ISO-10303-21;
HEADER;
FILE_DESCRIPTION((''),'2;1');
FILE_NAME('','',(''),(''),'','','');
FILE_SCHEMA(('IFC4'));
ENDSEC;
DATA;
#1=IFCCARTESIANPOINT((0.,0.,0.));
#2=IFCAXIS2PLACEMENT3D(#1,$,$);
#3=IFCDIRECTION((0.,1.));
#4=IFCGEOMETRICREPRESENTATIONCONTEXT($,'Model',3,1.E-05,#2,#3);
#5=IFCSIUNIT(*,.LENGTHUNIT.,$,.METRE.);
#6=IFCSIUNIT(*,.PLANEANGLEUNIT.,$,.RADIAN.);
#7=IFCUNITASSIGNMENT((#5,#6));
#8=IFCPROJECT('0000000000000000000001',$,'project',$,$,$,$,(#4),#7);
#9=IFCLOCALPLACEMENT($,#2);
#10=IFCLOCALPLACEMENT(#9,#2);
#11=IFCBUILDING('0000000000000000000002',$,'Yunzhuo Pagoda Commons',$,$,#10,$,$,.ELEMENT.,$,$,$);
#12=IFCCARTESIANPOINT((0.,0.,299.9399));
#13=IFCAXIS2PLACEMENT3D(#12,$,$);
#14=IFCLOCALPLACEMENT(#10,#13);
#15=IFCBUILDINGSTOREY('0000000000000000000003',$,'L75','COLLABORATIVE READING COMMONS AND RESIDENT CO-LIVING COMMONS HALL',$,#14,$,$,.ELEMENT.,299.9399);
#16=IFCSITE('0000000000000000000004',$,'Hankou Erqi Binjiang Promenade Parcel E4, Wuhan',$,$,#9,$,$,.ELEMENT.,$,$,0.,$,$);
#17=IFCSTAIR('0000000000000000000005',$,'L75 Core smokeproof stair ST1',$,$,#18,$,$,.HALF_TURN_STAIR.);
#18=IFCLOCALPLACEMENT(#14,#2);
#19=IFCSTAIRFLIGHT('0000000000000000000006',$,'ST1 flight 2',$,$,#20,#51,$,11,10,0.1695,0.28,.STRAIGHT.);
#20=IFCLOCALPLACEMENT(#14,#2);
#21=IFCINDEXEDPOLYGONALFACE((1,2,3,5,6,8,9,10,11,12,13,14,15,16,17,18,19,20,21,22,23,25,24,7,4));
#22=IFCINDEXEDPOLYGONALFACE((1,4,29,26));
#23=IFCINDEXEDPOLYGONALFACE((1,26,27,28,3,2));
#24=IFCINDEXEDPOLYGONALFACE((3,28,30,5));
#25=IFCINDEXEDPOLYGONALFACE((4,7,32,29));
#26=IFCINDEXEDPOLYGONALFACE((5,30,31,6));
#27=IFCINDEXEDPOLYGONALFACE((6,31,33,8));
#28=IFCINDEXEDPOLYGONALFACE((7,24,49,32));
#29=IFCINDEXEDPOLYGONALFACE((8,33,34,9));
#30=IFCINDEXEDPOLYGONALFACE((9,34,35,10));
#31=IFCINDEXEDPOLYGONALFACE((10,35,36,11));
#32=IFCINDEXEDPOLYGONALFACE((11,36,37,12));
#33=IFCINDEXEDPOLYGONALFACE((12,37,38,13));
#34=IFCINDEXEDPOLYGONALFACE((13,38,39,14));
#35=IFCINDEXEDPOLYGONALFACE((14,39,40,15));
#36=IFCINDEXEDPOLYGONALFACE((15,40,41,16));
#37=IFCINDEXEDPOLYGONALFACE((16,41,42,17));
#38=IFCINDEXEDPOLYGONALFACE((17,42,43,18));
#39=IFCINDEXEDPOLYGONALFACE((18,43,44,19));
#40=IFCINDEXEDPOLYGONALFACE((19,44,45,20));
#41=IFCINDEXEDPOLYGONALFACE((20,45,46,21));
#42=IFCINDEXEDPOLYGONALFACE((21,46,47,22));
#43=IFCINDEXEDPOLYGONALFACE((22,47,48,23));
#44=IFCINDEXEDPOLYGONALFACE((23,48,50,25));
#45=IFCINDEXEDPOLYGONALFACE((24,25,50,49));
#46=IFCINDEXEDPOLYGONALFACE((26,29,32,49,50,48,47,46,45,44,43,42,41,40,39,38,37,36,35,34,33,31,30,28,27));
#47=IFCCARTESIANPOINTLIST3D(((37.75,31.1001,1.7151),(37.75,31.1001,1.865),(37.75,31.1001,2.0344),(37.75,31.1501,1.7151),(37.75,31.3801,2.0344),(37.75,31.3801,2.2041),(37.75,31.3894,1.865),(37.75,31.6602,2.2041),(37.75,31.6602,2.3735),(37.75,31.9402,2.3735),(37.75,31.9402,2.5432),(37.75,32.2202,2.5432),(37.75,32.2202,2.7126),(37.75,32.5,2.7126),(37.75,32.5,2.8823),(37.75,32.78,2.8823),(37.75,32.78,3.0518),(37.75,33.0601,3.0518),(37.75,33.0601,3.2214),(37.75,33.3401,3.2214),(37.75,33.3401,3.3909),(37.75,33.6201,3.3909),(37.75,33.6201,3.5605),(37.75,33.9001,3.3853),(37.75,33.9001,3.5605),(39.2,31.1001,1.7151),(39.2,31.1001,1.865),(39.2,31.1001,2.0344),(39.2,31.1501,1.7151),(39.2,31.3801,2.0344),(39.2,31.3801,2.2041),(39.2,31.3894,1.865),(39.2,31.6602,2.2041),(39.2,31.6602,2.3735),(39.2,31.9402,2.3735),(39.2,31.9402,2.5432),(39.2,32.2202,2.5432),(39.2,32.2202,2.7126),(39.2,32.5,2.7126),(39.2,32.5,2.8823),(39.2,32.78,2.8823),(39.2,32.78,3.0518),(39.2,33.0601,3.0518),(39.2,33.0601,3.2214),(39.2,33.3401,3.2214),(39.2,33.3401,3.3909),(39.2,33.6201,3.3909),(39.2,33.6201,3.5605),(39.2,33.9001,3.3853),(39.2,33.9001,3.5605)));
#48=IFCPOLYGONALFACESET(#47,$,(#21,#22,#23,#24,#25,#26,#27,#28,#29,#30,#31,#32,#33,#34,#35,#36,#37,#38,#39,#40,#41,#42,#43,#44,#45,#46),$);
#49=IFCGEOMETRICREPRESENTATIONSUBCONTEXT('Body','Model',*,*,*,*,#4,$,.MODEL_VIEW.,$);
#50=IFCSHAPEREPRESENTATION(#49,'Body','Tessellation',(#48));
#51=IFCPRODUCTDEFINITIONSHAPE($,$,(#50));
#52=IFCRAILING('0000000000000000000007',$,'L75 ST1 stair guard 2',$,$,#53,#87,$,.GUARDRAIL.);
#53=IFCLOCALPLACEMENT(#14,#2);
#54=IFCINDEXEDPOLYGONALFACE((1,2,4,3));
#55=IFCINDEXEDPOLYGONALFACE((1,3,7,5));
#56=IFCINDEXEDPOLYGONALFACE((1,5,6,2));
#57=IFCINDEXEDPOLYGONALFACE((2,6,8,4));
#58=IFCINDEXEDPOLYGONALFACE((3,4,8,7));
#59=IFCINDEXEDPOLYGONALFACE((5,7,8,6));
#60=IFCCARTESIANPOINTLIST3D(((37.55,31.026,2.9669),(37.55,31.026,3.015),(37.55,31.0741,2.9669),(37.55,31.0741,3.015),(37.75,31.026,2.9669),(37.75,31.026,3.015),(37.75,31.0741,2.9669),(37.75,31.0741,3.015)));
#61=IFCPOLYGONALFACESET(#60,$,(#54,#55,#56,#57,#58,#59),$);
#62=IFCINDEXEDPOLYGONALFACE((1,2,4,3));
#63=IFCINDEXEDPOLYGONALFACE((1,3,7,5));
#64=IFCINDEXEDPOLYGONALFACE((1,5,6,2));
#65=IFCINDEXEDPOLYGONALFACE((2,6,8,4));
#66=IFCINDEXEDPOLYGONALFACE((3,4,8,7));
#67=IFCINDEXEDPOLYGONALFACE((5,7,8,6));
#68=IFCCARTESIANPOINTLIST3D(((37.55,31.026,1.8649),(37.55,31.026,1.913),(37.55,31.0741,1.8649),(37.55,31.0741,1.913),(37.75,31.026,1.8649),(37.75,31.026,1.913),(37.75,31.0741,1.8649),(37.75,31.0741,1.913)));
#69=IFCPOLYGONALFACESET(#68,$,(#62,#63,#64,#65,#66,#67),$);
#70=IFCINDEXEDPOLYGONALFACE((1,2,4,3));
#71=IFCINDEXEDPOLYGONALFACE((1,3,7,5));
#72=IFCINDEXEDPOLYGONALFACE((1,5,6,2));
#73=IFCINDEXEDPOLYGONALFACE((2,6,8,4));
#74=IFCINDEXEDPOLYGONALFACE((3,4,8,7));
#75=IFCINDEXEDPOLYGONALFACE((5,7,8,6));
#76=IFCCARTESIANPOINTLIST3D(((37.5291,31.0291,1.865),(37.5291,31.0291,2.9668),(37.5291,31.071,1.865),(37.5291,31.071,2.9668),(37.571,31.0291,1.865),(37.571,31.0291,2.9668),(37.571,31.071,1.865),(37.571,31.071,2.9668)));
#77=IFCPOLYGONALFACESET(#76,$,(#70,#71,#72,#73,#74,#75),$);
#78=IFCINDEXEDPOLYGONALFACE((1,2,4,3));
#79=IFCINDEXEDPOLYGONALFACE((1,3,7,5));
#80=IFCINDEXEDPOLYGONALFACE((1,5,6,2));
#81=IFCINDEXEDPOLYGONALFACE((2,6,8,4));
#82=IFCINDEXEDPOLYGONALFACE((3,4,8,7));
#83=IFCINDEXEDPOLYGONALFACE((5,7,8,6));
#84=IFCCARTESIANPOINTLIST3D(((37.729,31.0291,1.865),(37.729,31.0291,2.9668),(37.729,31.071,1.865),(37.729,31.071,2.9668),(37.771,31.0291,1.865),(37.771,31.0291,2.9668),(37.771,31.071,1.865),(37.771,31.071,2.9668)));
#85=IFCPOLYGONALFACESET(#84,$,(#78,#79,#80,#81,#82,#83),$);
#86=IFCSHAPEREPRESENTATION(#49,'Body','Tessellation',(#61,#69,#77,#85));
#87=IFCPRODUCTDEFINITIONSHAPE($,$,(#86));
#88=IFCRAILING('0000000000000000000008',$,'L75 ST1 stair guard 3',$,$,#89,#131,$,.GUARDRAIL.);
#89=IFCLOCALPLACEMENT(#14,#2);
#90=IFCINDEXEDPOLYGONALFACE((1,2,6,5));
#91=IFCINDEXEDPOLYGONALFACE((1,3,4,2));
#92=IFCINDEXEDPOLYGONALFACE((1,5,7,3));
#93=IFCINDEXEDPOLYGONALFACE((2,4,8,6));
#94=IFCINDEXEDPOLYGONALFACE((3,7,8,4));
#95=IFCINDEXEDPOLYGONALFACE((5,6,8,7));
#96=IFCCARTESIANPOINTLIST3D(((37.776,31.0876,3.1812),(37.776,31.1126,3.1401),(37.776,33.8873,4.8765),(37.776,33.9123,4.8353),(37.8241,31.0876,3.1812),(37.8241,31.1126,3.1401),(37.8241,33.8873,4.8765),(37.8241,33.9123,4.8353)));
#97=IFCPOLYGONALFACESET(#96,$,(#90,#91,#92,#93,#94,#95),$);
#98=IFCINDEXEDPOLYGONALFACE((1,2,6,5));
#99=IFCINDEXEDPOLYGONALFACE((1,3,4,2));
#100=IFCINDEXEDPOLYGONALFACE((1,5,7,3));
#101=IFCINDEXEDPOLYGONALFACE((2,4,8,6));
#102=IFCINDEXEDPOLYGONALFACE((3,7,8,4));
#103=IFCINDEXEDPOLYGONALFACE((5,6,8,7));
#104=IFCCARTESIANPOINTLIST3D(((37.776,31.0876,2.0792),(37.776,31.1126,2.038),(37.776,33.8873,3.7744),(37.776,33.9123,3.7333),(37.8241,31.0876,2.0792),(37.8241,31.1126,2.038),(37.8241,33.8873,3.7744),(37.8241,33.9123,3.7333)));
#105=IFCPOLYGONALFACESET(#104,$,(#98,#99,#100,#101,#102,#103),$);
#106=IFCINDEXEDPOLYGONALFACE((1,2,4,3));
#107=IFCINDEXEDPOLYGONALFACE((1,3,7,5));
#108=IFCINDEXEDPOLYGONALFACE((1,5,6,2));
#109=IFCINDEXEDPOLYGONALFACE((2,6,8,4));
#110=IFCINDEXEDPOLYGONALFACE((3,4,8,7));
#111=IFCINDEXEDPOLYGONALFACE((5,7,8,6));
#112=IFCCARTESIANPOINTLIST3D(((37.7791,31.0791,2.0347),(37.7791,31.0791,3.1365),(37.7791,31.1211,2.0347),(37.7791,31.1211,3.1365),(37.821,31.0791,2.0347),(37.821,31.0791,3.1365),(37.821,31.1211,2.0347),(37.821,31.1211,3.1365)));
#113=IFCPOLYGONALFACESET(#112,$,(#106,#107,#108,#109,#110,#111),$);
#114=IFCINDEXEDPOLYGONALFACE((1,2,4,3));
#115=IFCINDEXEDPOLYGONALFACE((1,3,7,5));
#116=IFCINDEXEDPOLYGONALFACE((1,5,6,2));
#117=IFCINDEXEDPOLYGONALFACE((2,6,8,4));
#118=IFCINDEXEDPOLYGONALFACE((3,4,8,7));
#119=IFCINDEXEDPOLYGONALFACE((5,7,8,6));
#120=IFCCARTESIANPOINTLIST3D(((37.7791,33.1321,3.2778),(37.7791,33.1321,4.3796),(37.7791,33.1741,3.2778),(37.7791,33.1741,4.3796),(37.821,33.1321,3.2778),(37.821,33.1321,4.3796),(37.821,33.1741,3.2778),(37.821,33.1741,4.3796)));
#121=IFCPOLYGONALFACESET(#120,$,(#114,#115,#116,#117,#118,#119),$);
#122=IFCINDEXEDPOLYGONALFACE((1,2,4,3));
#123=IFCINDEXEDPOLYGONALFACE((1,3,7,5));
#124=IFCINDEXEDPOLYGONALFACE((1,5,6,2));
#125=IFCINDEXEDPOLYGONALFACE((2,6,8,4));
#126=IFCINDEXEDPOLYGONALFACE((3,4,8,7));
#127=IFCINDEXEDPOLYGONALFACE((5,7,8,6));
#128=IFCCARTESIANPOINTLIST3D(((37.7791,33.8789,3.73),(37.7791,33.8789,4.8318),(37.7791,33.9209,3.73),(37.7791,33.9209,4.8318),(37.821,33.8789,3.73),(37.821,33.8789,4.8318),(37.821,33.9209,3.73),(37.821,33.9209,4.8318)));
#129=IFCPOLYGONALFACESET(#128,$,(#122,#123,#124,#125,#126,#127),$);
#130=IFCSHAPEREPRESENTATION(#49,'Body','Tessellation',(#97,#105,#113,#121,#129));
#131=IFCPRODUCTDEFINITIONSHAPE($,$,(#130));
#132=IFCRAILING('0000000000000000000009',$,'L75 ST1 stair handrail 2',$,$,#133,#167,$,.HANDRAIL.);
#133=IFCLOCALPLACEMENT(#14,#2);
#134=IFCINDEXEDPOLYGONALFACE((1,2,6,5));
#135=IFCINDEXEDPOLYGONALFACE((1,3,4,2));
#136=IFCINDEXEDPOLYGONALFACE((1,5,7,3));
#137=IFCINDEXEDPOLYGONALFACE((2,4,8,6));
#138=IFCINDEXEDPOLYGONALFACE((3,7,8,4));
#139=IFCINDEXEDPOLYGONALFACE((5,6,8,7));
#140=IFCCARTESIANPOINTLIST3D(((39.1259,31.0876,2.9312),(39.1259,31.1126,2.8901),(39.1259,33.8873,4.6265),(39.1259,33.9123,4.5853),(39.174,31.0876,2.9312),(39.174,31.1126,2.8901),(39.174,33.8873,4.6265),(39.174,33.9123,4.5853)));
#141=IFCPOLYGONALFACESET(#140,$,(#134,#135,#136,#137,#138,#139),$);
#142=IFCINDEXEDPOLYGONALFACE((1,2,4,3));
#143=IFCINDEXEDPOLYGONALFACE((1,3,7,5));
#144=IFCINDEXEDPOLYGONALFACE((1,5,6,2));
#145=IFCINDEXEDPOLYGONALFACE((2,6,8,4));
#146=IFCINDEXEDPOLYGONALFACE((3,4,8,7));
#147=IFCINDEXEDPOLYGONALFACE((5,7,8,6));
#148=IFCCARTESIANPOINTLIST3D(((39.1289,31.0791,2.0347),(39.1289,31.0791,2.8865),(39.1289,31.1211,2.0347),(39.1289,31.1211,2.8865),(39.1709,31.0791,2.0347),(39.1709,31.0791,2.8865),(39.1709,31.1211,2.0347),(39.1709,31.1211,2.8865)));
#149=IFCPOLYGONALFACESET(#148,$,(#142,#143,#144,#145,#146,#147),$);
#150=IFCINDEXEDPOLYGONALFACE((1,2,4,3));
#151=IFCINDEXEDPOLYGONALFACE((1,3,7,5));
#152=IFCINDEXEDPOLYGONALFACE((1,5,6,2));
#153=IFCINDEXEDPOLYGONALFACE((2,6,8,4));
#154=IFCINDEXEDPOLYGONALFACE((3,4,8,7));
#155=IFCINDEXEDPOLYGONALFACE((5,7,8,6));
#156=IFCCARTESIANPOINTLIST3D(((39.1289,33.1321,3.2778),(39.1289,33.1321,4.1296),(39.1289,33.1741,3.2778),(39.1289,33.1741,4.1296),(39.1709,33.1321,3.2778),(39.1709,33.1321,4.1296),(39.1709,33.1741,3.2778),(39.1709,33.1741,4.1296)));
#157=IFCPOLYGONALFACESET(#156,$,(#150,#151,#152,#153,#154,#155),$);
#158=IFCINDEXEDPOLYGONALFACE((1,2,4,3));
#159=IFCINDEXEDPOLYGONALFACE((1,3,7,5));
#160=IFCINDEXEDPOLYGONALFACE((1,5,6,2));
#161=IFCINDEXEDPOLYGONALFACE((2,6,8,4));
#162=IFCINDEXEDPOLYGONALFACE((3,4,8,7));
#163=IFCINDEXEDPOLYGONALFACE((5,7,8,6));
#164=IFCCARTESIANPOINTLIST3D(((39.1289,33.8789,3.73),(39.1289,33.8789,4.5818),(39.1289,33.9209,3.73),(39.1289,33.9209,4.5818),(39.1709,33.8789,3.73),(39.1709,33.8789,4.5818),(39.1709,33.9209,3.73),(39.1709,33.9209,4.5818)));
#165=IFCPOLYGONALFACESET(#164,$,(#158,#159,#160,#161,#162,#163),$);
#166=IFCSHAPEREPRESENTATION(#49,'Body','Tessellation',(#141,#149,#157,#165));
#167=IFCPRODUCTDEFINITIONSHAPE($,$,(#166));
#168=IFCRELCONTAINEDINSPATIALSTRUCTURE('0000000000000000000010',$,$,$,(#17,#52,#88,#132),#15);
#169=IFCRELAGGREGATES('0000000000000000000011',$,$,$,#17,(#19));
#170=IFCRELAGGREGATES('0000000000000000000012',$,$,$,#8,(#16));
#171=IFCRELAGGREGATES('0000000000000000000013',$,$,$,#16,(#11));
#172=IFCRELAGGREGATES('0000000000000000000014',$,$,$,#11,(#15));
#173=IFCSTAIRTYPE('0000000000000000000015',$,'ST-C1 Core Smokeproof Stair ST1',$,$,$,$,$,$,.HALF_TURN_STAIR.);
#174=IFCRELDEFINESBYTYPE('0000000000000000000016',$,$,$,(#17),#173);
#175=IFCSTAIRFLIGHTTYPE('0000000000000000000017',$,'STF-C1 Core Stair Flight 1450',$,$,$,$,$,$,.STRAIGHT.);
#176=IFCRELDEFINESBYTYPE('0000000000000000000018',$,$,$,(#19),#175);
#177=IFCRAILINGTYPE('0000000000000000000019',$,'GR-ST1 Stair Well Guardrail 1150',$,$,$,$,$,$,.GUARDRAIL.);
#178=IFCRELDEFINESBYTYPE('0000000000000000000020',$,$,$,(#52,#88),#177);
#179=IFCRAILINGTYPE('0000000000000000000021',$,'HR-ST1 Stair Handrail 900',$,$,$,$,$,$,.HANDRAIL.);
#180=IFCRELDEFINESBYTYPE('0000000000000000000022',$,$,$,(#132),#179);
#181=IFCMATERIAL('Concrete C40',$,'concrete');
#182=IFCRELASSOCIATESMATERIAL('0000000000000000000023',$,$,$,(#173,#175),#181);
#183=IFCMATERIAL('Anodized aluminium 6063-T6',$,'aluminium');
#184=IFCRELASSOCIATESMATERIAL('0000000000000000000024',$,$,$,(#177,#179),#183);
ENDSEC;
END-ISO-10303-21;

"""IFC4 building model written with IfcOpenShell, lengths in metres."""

from ifc_helpers import new_model, si_unit, direction, frame, origin, origin_2d, place, context, subcontext, project, spatial, polyline, rectangle, outline, extrude, source, transform, mapped, material, type_object, element, aggregate, save


model = new_model("IFC4")

# Units and contexts
model_context = context("Model", 3, precision=1e-05, world=origin(), true_north=direction((0.0, 1.0)))
body_context = subcontext(model_context, "Body", "Model", "MODEL_VIEW")
ifc_project = project(units=[si_unit("LENGTHUNIT", "METRE"), si_unit("PLANEANGLEUNIT", "RADIAN")], contexts=[model_context])

# Site, building, storey
site_placement = place(None, origin())
site = spatial("IfcSite", under=ifc_project, at=site_placement, Name="Hankou Erqi Binjiang Promenade Parcel E4, Wuhan", CompositionType="ELEMENT", RefElevation=0.0)
building_placement = place(site_placement, origin())
building = spatial("IfcBuilding", under=site, at=building_placement, Name="Yunzhuo Pagoda Commons", CompositionType="ELEMENT")
storey_placement = place(building_placement, frame((0.0, 0.0, 299.9399)))
storey = spatial("IfcBuildingStorey", under=building, at=storey_placement, Name="L75", Description="COLLABORATIVE READING COMMONS AND RESIDENT CO-LIVING COMMONS HALL", CompositionType="ELEMENT", Elevation=299.9399)

# Shared definitions
ifc_material_1 = material(Name="Concrete C40", Category="concrete")

# Stair, stair flight
stair_type = type_object("IfcStairType", Name="ST-C1 Core Smokeproof Stair ST1", PredefinedType="HALF_TURN_STAIR", material=ifc_material_1)
stair_placement = place(storey_placement, origin())
stair = element("IfcStair", 1, at=stair_placement, inside=storey, type_object=stair_type, Name="L75 Core smokeproof stair ST1", PredefinedType="HALF_TURN_STAIR")
stair_flight_type = type_object("IfcStairFlightType", Name="STF-C1 Core Stair Flight 1450", PredefinedType="STRAIGHT", material=ifc_material_1)
shared_shape_1 = source(origin(), body_context, "Body", "SweptSolid", [
    extrude(outline(polyline([(0.0, -0.1499), (0.0, 0.0), (0.0, 0.1694), (0.28, 0.1694), (0.28, 0.3391), (0.5601, 0.3391), (0.5601, 0.5085), (0.8401, 0.5085), (0.8401, 0.6782), (1.1201, 0.6782), (1.1201, 0.8477), (1.3999, 0.8477), (1.3999, 1.0173), (1.6799, 1.0173), (1.6799, 1.1868), (1.96, 1.1868), (1.96, 1.3564), (2.24, 1.3564), (2.24, 1.5259), (2.52, 1.5259), (2.52, 1.6956), (2.8, 1.6956), (2.8, 1.865), (2.8, 1.5203), (0.2893, 0.0), (0.05, -0.1499), (0.0, -0.1499)])), frame((0.0, 0.7251, 0.0), z_axis=(0.0, -1.0, 0.0), x_axis=(1.0, 0.0, 0.0)), (0.0, 0.0, 1.0), 1.45),
])
stair_flight_placement = place(storey_placement, frame((38.4751, 31.1001, 1.865), z_axis=(0.0, 0.0, 1.0), x_axis=(0.0, 1.0, 0.0)))
stair_flight = element("IfcStairFlight", 2, at=stair_flight_placement, type_object=stair_flight_type, Name="ST1 flight 2", NumberOfRisers=11, NumberOfTreads=10, PredefinedType="STRAIGHT", RiserHeight=0.1695, TreadLength=0.28, context=body_context, shape_type="MappedRepresentation", body=[
    mapped(shared_shape_1, transform((0.0, 0.0, 0.0), scale=1.0)),
])
aggregate(stair, [stair_flight])

# Railings
ifc_material_2 = material(Name="Anodized aluminium 6063-T6", Category="aluminium")
railing_type_1 = type_object("IfcRailingType", Name="GR-ST1 Stair Well Guardrail 1150", PredefinedType="GUARDRAIL", material=ifc_material_2)
railing_1_placement = place(storey_placement, frame((37.55, 31.05, 1.865)))
element("IfcRailing", 3, at=railing_1_placement, inside=storey, type_object=railing_type_1, Name="L75 ST1 stair guard 2", PredefinedType="GUARDRAIL", context=body_context, shape_type="SweptSolid", body=[
    extrude(rectangle(XDim=0.0481, YDim=0.0481, at=origin_2d()), frame((0.0, 0.0, 1.126), z_axis=(1.0, 0.0, 0.0), x_axis=(0.0, 1.0, 0.0)), (0.0, 0.0, 1.0), 0.2),
    extrude(rectangle(XDim=0.0481, YDim=0.0481, at=origin_2d()), frame((0.0, 0.0, 0.0239), z_axis=(1.0, 0.0, 0.0), x_axis=(0.0, 1.0, 0.0)), (0.0, 0.0, 1.0), 0.2),
    extrude(rectangle(XDim=0.042, YDim=0.042, at=origin_2d()), origin(), (0.0, 0.0, 1.0), 1.1018),
    extrude(rectangle(XDim=0.042, YDim=0.042, at=origin_2d()), frame((0.2, 0.0, 0.0)), (0.0, 0.0, 1.0), 1.1018),
])
railing_2_placement = place(storey_placement, frame((37.8, 31.1001, 2.0347)))
element("IfcRailing", 4, at=railing_2_placement, inside=storey, type_object=railing_type_1, Name="L75 ST1 stair guard 3", PredefinedType="GUARDRAIL", context=body_context, shape_type="SweptSolid", body=[
    extrude(rectangle(XDim=0.0481, YDim=0.0481, at=origin_2d()), frame((0.0, 0.0, 1.126), z_axis=(0.0, 0.855406, 0.517958), x_axis=(-1.0, 0.0, 0.0)), (0.0, 0.0, 1.0), 3.2729),
    extrude(rectangle(XDim=0.0481, YDim=0.0481, at=origin_2d()), frame((0.0, 0.0, 0.0239), z_axis=(0.0, 0.855406, 0.517958), x_axis=(-1.0, 0.0, 0.0)), (0.0, 0.0, 1.0), 3.2729),
    extrude(rectangle(XDim=0.042, YDim=0.042, at=origin_2d()), origin(), (0.0, 0.0, 1.0), 1.1018),
    extrude(rectangle(XDim=0.042, YDim=0.042, at=origin_2d()), frame((0.0, 2.053, 1.2432)), (0.0, 0.0, 1.0), 1.1018),
    extrude(rectangle(XDim=0.042, YDim=0.042, at=origin_2d()), frame((0.0, 2.7998, 1.6953)), (0.0, 0.0, 1.0), 1.1018),
])
railing_type_2 = type_object("IfcRailingType", Name="HR-ST1 Stair Handrail 900", PredefinedType="HANDRAIL", material=ifc_material_2)
railing_3_placement = place(storey_placement, frame((39.1499, 31.1001, 2.0347)))
element("IfcRailing", 5, at=railing_3_placement, inside=storey, type_object=railing_type_2, Name="L75 ST1 stair handrail 2", PredefinedType="HANDRAIL", context=body_context, shape_type="SweptSolid", body=[
    extrude(rectangle(XDim=0.0481, YDim=0.0481, at=origin_2d()), frame((0.0, 0.0, 0.876), z_axis=(0.0, 0.855406, 0.517958), x_axis=(-1.0, 0.0, 0.0)), (0.0, 0.0, 1.0), 3.2729),
    extrude(rectangle(XDim=0.042, YDim=0.042, at=origin_2d()), origin(), (0.0, 0.0, 1.0), 0.8518),
    extrude(rectangle(XDim=0.042, YDim=0.042, at=origin_2d()), frame((0.0, 2.053, 1.2432)), (0.0, 0.0, 1.0), 0.8518),
    extrude(rectangle(XDim=0.042, YDim=0.042, at=origin_2d()), frame((0.0, 2.7998, 1.6953)), (0.0, 0.0, 1.0), 0.8518),
])

save(model, "model.ifc")
